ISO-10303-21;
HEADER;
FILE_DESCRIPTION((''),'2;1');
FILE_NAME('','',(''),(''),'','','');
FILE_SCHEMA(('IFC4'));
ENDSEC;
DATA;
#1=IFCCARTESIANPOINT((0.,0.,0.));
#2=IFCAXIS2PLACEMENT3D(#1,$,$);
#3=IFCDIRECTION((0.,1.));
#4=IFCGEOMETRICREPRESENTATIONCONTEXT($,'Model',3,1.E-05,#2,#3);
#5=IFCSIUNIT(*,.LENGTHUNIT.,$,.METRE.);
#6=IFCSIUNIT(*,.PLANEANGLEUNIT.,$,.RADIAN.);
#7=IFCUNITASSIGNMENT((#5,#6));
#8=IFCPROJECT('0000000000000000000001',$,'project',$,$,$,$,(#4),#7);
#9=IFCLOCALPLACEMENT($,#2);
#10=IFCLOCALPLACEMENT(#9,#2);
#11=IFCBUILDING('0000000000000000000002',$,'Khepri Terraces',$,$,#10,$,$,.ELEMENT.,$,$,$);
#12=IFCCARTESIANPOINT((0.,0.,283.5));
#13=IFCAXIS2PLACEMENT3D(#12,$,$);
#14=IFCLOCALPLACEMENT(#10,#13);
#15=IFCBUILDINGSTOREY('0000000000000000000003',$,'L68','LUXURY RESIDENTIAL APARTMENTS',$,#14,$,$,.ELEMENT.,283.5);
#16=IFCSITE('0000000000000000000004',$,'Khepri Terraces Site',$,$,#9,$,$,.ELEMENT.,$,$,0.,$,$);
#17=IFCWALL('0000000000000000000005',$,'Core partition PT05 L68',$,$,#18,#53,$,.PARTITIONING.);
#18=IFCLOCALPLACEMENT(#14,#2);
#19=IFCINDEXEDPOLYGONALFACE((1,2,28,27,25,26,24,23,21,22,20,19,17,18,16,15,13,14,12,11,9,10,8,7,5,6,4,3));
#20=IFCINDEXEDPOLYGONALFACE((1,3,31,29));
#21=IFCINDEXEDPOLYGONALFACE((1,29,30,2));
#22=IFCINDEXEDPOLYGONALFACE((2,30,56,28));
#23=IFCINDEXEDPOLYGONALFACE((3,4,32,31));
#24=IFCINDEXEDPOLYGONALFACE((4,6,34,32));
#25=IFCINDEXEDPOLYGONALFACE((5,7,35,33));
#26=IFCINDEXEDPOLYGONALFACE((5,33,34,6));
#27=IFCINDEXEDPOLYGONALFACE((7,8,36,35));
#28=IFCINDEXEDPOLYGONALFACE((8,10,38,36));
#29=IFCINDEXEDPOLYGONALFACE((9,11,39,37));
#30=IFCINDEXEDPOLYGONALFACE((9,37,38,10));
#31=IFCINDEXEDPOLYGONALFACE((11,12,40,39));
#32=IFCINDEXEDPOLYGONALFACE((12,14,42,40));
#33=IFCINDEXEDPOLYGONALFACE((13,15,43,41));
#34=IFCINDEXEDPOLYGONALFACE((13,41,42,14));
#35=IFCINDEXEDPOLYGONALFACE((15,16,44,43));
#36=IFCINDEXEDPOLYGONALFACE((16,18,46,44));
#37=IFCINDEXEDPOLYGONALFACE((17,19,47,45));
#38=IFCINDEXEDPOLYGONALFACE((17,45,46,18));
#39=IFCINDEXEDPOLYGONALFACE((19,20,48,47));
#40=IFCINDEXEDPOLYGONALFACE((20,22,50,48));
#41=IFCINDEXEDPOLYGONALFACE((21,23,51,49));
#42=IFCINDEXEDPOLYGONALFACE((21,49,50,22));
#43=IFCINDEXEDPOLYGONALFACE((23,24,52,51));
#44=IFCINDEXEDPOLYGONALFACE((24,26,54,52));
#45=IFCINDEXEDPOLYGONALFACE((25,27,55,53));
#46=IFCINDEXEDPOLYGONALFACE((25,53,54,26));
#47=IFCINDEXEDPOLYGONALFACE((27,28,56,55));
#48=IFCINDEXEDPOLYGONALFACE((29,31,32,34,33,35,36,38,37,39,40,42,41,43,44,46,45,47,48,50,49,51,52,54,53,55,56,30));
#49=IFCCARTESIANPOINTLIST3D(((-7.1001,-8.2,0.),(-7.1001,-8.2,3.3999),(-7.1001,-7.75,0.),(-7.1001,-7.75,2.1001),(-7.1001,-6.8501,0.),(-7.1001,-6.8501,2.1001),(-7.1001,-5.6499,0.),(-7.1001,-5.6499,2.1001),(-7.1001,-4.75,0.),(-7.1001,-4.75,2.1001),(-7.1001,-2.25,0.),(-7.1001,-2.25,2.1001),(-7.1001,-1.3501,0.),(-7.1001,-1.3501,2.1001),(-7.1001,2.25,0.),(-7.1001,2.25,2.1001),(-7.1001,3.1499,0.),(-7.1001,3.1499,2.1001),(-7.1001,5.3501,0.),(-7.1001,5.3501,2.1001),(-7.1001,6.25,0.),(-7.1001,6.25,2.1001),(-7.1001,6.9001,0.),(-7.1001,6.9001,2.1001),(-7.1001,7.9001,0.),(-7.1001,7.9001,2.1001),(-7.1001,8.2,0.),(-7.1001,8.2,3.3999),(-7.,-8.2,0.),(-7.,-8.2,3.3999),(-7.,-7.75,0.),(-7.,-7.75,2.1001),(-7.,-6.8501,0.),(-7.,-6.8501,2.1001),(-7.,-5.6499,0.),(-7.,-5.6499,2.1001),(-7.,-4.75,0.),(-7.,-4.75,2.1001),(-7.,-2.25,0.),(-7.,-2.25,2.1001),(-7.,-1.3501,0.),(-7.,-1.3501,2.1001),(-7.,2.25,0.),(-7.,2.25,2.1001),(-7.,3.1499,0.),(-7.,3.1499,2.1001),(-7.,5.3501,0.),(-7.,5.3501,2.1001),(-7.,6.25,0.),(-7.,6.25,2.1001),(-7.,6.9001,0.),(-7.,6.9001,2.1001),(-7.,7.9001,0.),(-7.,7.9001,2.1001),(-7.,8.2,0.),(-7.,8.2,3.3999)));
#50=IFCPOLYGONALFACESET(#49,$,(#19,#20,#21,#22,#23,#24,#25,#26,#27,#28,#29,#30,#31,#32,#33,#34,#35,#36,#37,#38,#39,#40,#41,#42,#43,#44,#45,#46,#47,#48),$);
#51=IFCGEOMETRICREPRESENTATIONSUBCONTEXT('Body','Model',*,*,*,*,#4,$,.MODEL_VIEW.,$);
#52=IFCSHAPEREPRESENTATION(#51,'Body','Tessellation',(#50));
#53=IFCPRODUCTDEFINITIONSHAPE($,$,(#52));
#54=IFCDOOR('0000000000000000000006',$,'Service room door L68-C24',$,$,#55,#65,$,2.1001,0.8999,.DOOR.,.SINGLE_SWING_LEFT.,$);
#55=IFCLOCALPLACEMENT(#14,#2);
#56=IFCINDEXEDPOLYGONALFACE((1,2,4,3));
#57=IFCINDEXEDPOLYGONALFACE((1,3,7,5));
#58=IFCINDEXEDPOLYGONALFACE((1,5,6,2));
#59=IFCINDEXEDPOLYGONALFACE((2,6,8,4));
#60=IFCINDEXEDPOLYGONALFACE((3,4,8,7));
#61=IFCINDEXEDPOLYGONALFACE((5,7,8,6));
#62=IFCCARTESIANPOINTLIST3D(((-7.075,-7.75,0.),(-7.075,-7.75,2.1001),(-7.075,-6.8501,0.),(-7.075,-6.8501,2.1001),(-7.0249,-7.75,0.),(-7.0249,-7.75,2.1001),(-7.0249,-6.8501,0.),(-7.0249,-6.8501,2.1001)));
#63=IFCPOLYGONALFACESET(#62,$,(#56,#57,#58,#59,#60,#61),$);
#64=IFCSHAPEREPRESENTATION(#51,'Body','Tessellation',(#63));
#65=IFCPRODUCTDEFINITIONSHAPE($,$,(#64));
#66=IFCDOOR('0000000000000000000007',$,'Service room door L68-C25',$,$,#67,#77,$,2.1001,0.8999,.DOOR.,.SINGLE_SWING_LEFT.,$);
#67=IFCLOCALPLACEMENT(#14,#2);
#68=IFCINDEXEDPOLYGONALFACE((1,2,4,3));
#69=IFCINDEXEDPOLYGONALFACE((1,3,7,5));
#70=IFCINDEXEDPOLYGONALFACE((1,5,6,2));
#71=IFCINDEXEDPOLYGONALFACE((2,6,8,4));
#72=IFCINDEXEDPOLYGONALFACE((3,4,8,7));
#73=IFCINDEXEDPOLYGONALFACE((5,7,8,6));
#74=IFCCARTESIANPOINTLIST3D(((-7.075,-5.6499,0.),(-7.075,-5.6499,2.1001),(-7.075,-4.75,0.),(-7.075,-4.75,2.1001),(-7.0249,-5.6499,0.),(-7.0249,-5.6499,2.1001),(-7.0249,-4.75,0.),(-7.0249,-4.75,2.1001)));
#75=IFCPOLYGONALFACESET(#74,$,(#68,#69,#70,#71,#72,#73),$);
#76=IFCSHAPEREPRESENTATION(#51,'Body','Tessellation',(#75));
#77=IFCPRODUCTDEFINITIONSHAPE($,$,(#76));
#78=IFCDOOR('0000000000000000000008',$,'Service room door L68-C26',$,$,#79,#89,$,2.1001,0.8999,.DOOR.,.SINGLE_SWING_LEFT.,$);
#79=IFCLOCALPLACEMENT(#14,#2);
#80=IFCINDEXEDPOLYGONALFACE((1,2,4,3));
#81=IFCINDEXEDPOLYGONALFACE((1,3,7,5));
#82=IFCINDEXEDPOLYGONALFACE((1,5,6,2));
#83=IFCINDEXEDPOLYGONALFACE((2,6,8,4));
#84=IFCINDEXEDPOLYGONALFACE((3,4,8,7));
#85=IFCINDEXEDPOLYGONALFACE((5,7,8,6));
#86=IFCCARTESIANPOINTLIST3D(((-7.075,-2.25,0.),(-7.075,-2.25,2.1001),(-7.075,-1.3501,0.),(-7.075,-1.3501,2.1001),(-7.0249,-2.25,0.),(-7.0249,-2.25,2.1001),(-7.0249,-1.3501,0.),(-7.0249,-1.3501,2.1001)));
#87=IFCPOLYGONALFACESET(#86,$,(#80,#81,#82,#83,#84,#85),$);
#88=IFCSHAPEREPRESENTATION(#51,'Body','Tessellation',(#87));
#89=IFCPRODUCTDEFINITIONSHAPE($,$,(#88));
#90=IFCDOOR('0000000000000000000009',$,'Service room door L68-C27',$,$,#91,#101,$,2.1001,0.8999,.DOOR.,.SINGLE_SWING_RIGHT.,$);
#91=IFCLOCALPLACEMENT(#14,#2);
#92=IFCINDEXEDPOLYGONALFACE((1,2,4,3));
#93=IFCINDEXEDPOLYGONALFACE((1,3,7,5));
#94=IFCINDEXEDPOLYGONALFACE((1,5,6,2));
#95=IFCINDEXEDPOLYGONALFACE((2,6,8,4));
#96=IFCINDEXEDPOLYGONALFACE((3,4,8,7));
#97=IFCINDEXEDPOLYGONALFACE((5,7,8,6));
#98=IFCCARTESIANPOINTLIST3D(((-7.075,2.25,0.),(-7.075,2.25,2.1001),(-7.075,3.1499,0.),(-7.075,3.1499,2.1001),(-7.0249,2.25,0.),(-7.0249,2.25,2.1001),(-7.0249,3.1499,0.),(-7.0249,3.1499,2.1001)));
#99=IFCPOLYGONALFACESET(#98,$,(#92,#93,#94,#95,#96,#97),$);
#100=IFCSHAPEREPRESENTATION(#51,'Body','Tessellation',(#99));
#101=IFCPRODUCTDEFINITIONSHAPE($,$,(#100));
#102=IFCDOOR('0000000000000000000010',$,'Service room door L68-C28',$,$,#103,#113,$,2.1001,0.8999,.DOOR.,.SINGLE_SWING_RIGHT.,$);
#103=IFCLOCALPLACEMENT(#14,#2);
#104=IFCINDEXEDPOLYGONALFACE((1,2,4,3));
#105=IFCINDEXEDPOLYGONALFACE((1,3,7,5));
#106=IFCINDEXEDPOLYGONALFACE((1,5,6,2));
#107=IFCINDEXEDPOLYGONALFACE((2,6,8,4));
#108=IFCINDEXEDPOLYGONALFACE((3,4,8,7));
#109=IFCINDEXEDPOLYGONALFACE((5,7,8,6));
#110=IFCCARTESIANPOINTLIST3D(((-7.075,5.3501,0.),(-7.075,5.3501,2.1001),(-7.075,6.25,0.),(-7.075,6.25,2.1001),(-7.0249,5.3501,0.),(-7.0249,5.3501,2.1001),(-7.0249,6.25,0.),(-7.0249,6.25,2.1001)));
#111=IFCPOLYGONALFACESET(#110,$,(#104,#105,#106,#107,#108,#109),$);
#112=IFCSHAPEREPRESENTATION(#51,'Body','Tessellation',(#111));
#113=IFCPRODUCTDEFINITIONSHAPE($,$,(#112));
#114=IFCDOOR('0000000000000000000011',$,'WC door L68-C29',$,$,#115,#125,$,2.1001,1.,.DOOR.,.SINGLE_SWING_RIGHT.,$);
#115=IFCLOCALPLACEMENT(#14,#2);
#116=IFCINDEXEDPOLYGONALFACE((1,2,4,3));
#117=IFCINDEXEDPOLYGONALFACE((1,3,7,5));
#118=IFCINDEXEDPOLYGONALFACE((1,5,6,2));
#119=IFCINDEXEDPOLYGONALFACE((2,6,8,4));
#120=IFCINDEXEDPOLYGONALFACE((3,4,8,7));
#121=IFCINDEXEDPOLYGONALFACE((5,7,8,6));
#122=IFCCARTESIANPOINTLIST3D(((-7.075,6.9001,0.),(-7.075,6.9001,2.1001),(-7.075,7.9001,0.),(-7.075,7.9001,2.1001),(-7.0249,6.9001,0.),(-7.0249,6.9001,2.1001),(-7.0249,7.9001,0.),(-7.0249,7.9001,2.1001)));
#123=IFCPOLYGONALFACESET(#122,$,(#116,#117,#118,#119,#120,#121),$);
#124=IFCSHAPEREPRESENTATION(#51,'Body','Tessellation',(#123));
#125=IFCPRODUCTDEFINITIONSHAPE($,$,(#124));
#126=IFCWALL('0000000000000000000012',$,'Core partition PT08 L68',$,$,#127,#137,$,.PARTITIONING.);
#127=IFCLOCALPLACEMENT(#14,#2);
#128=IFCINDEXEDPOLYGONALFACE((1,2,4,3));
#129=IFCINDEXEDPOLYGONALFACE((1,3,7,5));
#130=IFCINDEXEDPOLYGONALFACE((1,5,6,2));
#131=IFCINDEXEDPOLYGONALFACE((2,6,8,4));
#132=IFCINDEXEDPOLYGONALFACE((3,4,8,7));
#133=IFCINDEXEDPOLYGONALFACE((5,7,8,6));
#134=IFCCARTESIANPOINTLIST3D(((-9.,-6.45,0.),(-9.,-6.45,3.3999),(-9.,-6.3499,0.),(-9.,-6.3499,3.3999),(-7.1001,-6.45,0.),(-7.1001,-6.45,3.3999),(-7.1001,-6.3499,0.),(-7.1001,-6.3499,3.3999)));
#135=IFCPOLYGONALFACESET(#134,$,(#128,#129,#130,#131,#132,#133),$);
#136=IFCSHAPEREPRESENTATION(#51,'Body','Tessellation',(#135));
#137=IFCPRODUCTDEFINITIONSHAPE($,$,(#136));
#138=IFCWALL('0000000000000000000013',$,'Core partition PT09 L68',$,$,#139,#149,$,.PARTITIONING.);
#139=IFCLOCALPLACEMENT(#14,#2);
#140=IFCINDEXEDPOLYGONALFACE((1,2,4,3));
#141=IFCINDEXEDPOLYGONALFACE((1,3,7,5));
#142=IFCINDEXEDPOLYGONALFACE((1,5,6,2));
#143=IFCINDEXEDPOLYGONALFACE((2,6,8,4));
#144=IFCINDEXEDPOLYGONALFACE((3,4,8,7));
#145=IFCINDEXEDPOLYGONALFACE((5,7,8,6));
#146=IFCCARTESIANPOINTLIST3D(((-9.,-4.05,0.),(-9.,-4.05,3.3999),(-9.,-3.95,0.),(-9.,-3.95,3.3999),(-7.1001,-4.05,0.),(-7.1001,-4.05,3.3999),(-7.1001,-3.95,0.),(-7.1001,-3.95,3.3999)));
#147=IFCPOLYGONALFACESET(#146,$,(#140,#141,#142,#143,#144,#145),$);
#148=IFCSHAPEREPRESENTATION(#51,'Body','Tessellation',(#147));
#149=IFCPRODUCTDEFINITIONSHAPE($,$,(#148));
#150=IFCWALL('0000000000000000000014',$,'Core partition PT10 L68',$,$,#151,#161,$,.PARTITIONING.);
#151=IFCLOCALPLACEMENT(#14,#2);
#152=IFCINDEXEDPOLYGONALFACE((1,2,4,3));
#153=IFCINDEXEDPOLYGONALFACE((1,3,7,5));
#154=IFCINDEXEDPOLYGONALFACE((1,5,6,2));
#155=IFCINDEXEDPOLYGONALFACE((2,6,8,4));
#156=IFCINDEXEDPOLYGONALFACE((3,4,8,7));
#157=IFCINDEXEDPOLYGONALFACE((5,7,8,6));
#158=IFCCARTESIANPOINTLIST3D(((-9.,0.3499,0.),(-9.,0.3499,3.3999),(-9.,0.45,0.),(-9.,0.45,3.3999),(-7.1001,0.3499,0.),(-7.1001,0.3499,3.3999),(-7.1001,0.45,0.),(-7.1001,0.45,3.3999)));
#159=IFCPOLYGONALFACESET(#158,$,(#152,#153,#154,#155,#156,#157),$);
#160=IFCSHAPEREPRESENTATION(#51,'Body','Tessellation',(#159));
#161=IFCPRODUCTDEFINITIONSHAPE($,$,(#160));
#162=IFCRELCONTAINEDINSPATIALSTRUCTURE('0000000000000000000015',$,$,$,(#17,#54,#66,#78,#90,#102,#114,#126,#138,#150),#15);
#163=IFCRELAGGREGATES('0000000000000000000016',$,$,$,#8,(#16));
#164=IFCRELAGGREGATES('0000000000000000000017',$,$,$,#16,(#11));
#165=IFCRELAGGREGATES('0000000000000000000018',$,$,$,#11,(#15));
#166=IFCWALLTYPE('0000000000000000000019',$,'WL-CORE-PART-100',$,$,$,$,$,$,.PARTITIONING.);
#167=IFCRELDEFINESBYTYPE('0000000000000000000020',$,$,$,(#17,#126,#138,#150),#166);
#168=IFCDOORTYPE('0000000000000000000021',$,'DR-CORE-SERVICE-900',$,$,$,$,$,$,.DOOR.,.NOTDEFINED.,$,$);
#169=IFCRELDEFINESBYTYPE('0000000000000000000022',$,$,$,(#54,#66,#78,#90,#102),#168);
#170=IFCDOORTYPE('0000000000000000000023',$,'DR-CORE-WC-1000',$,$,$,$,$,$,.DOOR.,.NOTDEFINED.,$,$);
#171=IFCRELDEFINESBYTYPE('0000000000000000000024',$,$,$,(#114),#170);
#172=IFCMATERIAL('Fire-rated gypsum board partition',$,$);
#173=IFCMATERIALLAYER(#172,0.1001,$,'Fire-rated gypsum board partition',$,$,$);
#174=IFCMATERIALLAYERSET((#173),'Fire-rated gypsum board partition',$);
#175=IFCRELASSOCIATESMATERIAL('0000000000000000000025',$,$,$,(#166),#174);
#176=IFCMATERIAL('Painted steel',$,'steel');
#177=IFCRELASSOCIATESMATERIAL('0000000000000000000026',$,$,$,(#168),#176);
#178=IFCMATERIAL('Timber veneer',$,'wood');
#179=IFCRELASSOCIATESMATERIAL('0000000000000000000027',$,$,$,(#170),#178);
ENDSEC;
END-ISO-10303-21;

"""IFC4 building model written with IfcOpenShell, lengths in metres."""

from ifc_helpers import new_model, si_unit, direction, frame, frame_2d, origin, place, context, subcontext, project, spatial, rectangle, extrude, material, layer, layer_set, type_object, element, fill, save


model = new_model("IFC4")

# Units and contexts
model_context = context("Model", 3, precision=1e-05, world=origin(), true_north=direction((0.0, 1.0)))
body_context = subcontext(model_context, "Body", "Model", "MODEL_VIEW")
ifc_project = project(units=[si_unit("LENGTHUNIT", "METRE"), si_unit("PLANEANGLEUNIT", "RADIAN")], contexts=[model_context])

# Site, building, storey
site_placement = place(None, origin())
site = spatial("IfcSite", under=ifc_project, at=site_placement, Name="Khepri Terraces Site", CompositionType="ELEMENT", RefElevation=0.0)
building_placement = place(site_placement, origin())
building = spatial("IfcBuilding", under=site, at=building_placement, Name="Khepri Terraces", CompositionType="ELEMENT")
storey_placement = place(building_placement, frame((0.0, 0.0, 283.5)))
storey = spatial("IfcBuildingStorey", under=building, at=storey_placement, Name="L68", Description="LUXURY RESIDENTIAL APARTMENTS", CompositionType="ELEMENT", Elevation=283.5)

# Shared definitions
ifc_material_1 = material(Name="Painted steel", Category="steel")

# Wall, openings, doors
ifc_material_2 = material(Name="Fire-rated gypsum board partition")
ifc_layer_1 = layer(ifc_material_2, 0.1001, Name="Fire-rated gypsum board partition")
ifc_layer_set_1 = layer_set([ifc_layer_1], Name="Fire-rated gypsum board partition")
wall_type_1 = type_object("IfcWallType", Name="WL-CORE-PART-100", PredefinedType="PARTITIONING", material=ifc_layer_set_1)
wall_1_placement = place(storey_placement, frame((-7.05, -8.2, 0.0), z_axis=(0.0, 0.0, 1.0), x_axis=(0.0, 1.0, 0.0)))
wall_1 = element("IfcWall", 1, at=wall_1_placement, inside=storey, type_object=wall_type_1, Name="Core partition PT05 L68", PredefinedType="PARTITIONING", context=body_context, shape_type="SweptSolid", body=[
    extrude(rectangle(XDim=16.3999, YDim=0.1001, at=frame_2d((8.2, 0.0))), origin(), (0.0, 0.0, 1.0), 3.3999),
])
opening_1_placement = place(wall_1_placement, frame((0.45, 0.0, 0.0)))
opening_1 = element("IfcOpeningElement", 2, at=opening_1_placement, cuts=wall_1, PredefinedType="OPENING", context=body_context, shape_type="SweptSolid", body=[
    extrude(rectangle(XDim=0.8999, YDim=2.1001, at=frame_2d((0.45, 1.05))), frame((0.0, 0.0601, 0.0), z_axis=(0.0, -1.0, 0.0), x_axis=(1.0, 0.0, 0.0)), (0.0, 0.0, 1.0), 0.1201),
])
opening_2_placement = place(wall_1_placement, frame((2.55, 0.0, 0.0)))
opening_2 = element("IfcOpeningElement", 3, at=opening_2_placement, cuts=wall_1, PredefinedType="OPENING", context=body_context, shape_type="SweptSolid", body=[
    extrude(rectangle(XDim=0.8999, YDim=2.1001, at=frame_2d((0.45, 1.05))), frame((0.0, 0.0601, 0.0), z_axis=(0.0, -1.0, 0.0), x_axis=(1.0, 0.0, 0.0)), (0.0, 0.0, 1.0), 0.1201),
])
opening_3_placement = place(wall_1_placement, frame((5.95, 0.0, 0.0)))
opening_3 = element("IfcOpeningElement", 4, at=opening_3_placement, cuts=wall_1, PredefinedType="OPENING", context=body_context, shape_type="SweptSolid", body=[
    extrude(rectangle(XDim=0.8999, YDim=2.1001, at=frame_2d((0.45, 1.05))), frame((0.0, 0.0601, 0.0), z_axis=(0.0, -1.0, 0.0), x_axis=(1.0, 0.0, 0.0)), (0.0, 0.0, 1.0), 0.1201),
])
opening_4_placement = place(wall_1_placement, frame((10.45, 0.0, 0.0)))
opening_4 = element("IfcOpeningElement", 5, at=opening_4_placement, cuts=wall_1, PredefinedType="OPENING", context=body_context, shape_type="SweptSolid", body=[
    extrude(rectangle(XDim=0.8999, YDim=2.1001, at=frame_2d((0.45, 1.05))), frame((0.0, 0.0601, 0.0), z_axis=(0.0, -1.0, 0.0), x_axis=(1.0, 0.0, 0.0)), (0.0, 0.0, 1.0), 0.1201),
])
opening_5_placement = place(wall_1_placement, frame((13.55, 0.0, 0.0)))
opening_5 = element("IfcOpeningElement", 6, at=opening_5_placement, cuts=wall_1, PredefinedType="OPENING", context=body_context, shape_type="SweptSolid", body=[
    extrude(rectangle(XDim=0.8999, YDim=2.1001, at=frame_2d((0.45, 1.05))), frame((0.0, 0.0601, 0.0), z_axis=(0.0, -1.0, 0.0), x_axis=(1.0, 0.0, 0.0)), (0.0, 0.0, 1.0), 0.1201),
])
opening_6_placement = place(wall_1_placement, frame((15.1001, 0.0, 0.0)))
opening_6 = element("IfcOpeningElement", 7, at=opening_6_placement, cuts=wall_1, PredefinedType="OPENING", context=body_context, shape_type="SweptSolid", body=[
    extrude(rectangle(XDim=1.0, YDim=2.1001, at=frame_2d((0.5, 1.05))), frame((0.0, 0.0601, 0.0), z_axis=(0.0, -1.0, 0.0), x_axis=(1.0, 0.0, 0.0)), (0.0, 0.0, 1.0), 0.1201),
])
door_type_1 = type_object("IfcDoorType", Name="DR-CORE-SERVICE-900", OperationType="NOTDEFINED", PredefinedType="DOOR", material=ifc_material_1)
door_1_placement = place(opening_1_placement, origin())
door_1 = element("IfcDoor", 8, at=door_1_placement, inside=storey, type_object=door_type_1, Name="Service room door L68-C24", OperationType="SINGLE_SWING_LEFT", OverallHeight=2.1001, OverallWidth=0.8999, PredefinedType="DOOR", context=body_context, shape_type="SweptSolid", body=[
    extrude(rectangle(XDim=0.8999, YDim=2.1001, at=frame_2d((0.45, 1.05))), frame((0.0, 0.0249, 0.0), z_axis=(0.0, -1.0, 0.0), x_axis=(1.0, 0.0, 0.0)), (0.0, 0.0, 1.0), 0.05),
])
fill(opening_1, door_1)
door_2_placement = place(opening_2_placement, origin())
door_2 = element("IfcDoor", 9, at=door_2_placement, inside=storey, type_object=door_type_1, Name="Service room door L68-C25", OperationType="SINGLE_SWING_LEFT", OverallHeight=2.1001, OverallWidth=0.8999, PredefinedType="DOOR", context=body_context, shape_type="SweptSolid", body=[
    extrude(rectangle(XDim=0.8999, YDim=2.1001, at=frame_2d((0.45, 1.05))), frame((0.0, 0.0249, 0.0), z_axis=(0.0, -1.0, 0.0), x_axis=(1.0, 0.0, 0.0)), (0.0, 0.0, 1.0), 0.05),
])
fill(opening_2, door_2)
door_3_placement = place(opening_3_placement, origin())
door_3 = element("IfcDoor", 10, at=door_3_placement, inside=storey, type_object=door_type_1, Name="Service room door L68-C26", OperationType="SINGLE_SWING_LEFT", OverallHeight=2.1001, OverallWidth=0.8999, PredefinedType="DOOR", context=body_context, shape_type="SweptSolid", body=[
    extrude(rectangle(XDim=0.8999, YDim=2.1001, at=frame_2d((0.45, 1.05))), frame((0.0, 0.0249, 0.0), z_axis=(0.0, -1.0, 0.0), x_axis=(1.0, 0.0, 0.0)), (0.0, 0.0, 1.0), 0.05),
])
fill(opening_3, door_3)
door_4_placement = place(opening_4_placement, origin())
door_4 = element("IfcDoor", 11, at=door_4_placement, inside=storey, type_object=door_type_1, Name="Service room door L68-C27", OperationType="SINGLE_SWING_RIGHT", OverallHeight=2.1001, OverallWidth=0.8999, PredefinedType="DOOR", context=body_context, shape_type="SweptSolid", body=[
    extrude(rectangle(XDim=0.8999, YDim=2.1001, at=frame_2d((0.45, 1.05))), frame((0.0, 0.0249, 0.0), z_axis=(0.0, -1.0, 0.0), x_axis=(1.0, 0.0, 0.0)), (0.0, 0.0, 1.0), 0.05),
])
fill(opening_4, door_4)
door_5_placement = place(opening_5_placement, origin())
door_5 = element("IfcDoor", 12, at=door_5_placement, inside=storey, type_object=door_type_1, Name="Service room door L68-C28", OperationType="SINGLE_SWING_RIGHT", OverallHeight=2.1001, OverallWidth=0.8999, PredefinedType="DOOR", context=body_context, shape_type="SweptSolid", body=[
    extrude(rectangle(XDim=0.8999, YDim=2.1001, at=frame_2d((0.45, 1.05))), frame((0.0, 0.0249, 0.0), z_axis=(0.0, -1.0, 0.0), x_axis=(1.0, 0.0, 0.0)), (0.0, 0.0, 1.0), 0.05),
])
fill(opening_5, door_5)
ifc_material_3 = material(Name="Timber veneer", Category="wood")
door_type_2 = type_object("IfcDoorType", Name="DR-CORE-WC-1000", OperationType="NOTDEFINED", PredefinedType="DOOR", material=ifc_material_3)
door_6_placement = place(opening_6_placement, origin())
door_6 = element("IfcDoor", 13, at=door_6_placement, inside=storey, type_object=door_type_2, Name="WC door L68-C29", OperationType="SINGLE_SWING_RIGHT", OverallHeight=2.1001, OverallWidth=1.0, PredefinedType="DOOR", context=body_context, shape_type="SweptSolid", body=[
    extrude(rectangle(XDim=1.0, YDim=2.1001, at=frame_2d((0.5, 1.05))), frame((0.0, 0.0249, 0.0), z_axis=(0.0, -1.0, 0.0), x_axis=(1.0, 0.0, 0.0)), (0.0, 0.0, 1.0), 0.05),
])
fill(opening_6, door_6)

# Walls
for number, where, z_axis, x_axis, name in (
    (14, (-9.0, -6.3999, 0.0), (0.0, 0.0, 1.0), (1.0, 0.0, 0.0), "Core partition PT08 L68"),
    (15, (-9.0, -4.0, 0.0), (0.0, 0.0, 1.0), (1.0, 0.0, 0.0), "Core partition PT09 L68"),
    (16, (-9.0, 0.3999, 0.0), (0.0, 0.0, 1.0), (1.0, 0.0, 0.0), "Core partition PT10 L68"),
):
    element("IfcWall", number, at=place(storey_placement, frame(where, z_axis=z_axis, x_axis=x_axis)), inside=storey, type_object=wall_type_1, Name=name, PredefinedType="PARTITIONING", context=body_context, shape_type="SweptSolid", body=[
        extrude(rectangle(XDim=1.8999, YDim=0.1001, at=frame_2d((0.95, 0.0))), origin(), (0.0, 0.0, 1.0), 3.3999),
    ])

save(model, "model.ifc")
